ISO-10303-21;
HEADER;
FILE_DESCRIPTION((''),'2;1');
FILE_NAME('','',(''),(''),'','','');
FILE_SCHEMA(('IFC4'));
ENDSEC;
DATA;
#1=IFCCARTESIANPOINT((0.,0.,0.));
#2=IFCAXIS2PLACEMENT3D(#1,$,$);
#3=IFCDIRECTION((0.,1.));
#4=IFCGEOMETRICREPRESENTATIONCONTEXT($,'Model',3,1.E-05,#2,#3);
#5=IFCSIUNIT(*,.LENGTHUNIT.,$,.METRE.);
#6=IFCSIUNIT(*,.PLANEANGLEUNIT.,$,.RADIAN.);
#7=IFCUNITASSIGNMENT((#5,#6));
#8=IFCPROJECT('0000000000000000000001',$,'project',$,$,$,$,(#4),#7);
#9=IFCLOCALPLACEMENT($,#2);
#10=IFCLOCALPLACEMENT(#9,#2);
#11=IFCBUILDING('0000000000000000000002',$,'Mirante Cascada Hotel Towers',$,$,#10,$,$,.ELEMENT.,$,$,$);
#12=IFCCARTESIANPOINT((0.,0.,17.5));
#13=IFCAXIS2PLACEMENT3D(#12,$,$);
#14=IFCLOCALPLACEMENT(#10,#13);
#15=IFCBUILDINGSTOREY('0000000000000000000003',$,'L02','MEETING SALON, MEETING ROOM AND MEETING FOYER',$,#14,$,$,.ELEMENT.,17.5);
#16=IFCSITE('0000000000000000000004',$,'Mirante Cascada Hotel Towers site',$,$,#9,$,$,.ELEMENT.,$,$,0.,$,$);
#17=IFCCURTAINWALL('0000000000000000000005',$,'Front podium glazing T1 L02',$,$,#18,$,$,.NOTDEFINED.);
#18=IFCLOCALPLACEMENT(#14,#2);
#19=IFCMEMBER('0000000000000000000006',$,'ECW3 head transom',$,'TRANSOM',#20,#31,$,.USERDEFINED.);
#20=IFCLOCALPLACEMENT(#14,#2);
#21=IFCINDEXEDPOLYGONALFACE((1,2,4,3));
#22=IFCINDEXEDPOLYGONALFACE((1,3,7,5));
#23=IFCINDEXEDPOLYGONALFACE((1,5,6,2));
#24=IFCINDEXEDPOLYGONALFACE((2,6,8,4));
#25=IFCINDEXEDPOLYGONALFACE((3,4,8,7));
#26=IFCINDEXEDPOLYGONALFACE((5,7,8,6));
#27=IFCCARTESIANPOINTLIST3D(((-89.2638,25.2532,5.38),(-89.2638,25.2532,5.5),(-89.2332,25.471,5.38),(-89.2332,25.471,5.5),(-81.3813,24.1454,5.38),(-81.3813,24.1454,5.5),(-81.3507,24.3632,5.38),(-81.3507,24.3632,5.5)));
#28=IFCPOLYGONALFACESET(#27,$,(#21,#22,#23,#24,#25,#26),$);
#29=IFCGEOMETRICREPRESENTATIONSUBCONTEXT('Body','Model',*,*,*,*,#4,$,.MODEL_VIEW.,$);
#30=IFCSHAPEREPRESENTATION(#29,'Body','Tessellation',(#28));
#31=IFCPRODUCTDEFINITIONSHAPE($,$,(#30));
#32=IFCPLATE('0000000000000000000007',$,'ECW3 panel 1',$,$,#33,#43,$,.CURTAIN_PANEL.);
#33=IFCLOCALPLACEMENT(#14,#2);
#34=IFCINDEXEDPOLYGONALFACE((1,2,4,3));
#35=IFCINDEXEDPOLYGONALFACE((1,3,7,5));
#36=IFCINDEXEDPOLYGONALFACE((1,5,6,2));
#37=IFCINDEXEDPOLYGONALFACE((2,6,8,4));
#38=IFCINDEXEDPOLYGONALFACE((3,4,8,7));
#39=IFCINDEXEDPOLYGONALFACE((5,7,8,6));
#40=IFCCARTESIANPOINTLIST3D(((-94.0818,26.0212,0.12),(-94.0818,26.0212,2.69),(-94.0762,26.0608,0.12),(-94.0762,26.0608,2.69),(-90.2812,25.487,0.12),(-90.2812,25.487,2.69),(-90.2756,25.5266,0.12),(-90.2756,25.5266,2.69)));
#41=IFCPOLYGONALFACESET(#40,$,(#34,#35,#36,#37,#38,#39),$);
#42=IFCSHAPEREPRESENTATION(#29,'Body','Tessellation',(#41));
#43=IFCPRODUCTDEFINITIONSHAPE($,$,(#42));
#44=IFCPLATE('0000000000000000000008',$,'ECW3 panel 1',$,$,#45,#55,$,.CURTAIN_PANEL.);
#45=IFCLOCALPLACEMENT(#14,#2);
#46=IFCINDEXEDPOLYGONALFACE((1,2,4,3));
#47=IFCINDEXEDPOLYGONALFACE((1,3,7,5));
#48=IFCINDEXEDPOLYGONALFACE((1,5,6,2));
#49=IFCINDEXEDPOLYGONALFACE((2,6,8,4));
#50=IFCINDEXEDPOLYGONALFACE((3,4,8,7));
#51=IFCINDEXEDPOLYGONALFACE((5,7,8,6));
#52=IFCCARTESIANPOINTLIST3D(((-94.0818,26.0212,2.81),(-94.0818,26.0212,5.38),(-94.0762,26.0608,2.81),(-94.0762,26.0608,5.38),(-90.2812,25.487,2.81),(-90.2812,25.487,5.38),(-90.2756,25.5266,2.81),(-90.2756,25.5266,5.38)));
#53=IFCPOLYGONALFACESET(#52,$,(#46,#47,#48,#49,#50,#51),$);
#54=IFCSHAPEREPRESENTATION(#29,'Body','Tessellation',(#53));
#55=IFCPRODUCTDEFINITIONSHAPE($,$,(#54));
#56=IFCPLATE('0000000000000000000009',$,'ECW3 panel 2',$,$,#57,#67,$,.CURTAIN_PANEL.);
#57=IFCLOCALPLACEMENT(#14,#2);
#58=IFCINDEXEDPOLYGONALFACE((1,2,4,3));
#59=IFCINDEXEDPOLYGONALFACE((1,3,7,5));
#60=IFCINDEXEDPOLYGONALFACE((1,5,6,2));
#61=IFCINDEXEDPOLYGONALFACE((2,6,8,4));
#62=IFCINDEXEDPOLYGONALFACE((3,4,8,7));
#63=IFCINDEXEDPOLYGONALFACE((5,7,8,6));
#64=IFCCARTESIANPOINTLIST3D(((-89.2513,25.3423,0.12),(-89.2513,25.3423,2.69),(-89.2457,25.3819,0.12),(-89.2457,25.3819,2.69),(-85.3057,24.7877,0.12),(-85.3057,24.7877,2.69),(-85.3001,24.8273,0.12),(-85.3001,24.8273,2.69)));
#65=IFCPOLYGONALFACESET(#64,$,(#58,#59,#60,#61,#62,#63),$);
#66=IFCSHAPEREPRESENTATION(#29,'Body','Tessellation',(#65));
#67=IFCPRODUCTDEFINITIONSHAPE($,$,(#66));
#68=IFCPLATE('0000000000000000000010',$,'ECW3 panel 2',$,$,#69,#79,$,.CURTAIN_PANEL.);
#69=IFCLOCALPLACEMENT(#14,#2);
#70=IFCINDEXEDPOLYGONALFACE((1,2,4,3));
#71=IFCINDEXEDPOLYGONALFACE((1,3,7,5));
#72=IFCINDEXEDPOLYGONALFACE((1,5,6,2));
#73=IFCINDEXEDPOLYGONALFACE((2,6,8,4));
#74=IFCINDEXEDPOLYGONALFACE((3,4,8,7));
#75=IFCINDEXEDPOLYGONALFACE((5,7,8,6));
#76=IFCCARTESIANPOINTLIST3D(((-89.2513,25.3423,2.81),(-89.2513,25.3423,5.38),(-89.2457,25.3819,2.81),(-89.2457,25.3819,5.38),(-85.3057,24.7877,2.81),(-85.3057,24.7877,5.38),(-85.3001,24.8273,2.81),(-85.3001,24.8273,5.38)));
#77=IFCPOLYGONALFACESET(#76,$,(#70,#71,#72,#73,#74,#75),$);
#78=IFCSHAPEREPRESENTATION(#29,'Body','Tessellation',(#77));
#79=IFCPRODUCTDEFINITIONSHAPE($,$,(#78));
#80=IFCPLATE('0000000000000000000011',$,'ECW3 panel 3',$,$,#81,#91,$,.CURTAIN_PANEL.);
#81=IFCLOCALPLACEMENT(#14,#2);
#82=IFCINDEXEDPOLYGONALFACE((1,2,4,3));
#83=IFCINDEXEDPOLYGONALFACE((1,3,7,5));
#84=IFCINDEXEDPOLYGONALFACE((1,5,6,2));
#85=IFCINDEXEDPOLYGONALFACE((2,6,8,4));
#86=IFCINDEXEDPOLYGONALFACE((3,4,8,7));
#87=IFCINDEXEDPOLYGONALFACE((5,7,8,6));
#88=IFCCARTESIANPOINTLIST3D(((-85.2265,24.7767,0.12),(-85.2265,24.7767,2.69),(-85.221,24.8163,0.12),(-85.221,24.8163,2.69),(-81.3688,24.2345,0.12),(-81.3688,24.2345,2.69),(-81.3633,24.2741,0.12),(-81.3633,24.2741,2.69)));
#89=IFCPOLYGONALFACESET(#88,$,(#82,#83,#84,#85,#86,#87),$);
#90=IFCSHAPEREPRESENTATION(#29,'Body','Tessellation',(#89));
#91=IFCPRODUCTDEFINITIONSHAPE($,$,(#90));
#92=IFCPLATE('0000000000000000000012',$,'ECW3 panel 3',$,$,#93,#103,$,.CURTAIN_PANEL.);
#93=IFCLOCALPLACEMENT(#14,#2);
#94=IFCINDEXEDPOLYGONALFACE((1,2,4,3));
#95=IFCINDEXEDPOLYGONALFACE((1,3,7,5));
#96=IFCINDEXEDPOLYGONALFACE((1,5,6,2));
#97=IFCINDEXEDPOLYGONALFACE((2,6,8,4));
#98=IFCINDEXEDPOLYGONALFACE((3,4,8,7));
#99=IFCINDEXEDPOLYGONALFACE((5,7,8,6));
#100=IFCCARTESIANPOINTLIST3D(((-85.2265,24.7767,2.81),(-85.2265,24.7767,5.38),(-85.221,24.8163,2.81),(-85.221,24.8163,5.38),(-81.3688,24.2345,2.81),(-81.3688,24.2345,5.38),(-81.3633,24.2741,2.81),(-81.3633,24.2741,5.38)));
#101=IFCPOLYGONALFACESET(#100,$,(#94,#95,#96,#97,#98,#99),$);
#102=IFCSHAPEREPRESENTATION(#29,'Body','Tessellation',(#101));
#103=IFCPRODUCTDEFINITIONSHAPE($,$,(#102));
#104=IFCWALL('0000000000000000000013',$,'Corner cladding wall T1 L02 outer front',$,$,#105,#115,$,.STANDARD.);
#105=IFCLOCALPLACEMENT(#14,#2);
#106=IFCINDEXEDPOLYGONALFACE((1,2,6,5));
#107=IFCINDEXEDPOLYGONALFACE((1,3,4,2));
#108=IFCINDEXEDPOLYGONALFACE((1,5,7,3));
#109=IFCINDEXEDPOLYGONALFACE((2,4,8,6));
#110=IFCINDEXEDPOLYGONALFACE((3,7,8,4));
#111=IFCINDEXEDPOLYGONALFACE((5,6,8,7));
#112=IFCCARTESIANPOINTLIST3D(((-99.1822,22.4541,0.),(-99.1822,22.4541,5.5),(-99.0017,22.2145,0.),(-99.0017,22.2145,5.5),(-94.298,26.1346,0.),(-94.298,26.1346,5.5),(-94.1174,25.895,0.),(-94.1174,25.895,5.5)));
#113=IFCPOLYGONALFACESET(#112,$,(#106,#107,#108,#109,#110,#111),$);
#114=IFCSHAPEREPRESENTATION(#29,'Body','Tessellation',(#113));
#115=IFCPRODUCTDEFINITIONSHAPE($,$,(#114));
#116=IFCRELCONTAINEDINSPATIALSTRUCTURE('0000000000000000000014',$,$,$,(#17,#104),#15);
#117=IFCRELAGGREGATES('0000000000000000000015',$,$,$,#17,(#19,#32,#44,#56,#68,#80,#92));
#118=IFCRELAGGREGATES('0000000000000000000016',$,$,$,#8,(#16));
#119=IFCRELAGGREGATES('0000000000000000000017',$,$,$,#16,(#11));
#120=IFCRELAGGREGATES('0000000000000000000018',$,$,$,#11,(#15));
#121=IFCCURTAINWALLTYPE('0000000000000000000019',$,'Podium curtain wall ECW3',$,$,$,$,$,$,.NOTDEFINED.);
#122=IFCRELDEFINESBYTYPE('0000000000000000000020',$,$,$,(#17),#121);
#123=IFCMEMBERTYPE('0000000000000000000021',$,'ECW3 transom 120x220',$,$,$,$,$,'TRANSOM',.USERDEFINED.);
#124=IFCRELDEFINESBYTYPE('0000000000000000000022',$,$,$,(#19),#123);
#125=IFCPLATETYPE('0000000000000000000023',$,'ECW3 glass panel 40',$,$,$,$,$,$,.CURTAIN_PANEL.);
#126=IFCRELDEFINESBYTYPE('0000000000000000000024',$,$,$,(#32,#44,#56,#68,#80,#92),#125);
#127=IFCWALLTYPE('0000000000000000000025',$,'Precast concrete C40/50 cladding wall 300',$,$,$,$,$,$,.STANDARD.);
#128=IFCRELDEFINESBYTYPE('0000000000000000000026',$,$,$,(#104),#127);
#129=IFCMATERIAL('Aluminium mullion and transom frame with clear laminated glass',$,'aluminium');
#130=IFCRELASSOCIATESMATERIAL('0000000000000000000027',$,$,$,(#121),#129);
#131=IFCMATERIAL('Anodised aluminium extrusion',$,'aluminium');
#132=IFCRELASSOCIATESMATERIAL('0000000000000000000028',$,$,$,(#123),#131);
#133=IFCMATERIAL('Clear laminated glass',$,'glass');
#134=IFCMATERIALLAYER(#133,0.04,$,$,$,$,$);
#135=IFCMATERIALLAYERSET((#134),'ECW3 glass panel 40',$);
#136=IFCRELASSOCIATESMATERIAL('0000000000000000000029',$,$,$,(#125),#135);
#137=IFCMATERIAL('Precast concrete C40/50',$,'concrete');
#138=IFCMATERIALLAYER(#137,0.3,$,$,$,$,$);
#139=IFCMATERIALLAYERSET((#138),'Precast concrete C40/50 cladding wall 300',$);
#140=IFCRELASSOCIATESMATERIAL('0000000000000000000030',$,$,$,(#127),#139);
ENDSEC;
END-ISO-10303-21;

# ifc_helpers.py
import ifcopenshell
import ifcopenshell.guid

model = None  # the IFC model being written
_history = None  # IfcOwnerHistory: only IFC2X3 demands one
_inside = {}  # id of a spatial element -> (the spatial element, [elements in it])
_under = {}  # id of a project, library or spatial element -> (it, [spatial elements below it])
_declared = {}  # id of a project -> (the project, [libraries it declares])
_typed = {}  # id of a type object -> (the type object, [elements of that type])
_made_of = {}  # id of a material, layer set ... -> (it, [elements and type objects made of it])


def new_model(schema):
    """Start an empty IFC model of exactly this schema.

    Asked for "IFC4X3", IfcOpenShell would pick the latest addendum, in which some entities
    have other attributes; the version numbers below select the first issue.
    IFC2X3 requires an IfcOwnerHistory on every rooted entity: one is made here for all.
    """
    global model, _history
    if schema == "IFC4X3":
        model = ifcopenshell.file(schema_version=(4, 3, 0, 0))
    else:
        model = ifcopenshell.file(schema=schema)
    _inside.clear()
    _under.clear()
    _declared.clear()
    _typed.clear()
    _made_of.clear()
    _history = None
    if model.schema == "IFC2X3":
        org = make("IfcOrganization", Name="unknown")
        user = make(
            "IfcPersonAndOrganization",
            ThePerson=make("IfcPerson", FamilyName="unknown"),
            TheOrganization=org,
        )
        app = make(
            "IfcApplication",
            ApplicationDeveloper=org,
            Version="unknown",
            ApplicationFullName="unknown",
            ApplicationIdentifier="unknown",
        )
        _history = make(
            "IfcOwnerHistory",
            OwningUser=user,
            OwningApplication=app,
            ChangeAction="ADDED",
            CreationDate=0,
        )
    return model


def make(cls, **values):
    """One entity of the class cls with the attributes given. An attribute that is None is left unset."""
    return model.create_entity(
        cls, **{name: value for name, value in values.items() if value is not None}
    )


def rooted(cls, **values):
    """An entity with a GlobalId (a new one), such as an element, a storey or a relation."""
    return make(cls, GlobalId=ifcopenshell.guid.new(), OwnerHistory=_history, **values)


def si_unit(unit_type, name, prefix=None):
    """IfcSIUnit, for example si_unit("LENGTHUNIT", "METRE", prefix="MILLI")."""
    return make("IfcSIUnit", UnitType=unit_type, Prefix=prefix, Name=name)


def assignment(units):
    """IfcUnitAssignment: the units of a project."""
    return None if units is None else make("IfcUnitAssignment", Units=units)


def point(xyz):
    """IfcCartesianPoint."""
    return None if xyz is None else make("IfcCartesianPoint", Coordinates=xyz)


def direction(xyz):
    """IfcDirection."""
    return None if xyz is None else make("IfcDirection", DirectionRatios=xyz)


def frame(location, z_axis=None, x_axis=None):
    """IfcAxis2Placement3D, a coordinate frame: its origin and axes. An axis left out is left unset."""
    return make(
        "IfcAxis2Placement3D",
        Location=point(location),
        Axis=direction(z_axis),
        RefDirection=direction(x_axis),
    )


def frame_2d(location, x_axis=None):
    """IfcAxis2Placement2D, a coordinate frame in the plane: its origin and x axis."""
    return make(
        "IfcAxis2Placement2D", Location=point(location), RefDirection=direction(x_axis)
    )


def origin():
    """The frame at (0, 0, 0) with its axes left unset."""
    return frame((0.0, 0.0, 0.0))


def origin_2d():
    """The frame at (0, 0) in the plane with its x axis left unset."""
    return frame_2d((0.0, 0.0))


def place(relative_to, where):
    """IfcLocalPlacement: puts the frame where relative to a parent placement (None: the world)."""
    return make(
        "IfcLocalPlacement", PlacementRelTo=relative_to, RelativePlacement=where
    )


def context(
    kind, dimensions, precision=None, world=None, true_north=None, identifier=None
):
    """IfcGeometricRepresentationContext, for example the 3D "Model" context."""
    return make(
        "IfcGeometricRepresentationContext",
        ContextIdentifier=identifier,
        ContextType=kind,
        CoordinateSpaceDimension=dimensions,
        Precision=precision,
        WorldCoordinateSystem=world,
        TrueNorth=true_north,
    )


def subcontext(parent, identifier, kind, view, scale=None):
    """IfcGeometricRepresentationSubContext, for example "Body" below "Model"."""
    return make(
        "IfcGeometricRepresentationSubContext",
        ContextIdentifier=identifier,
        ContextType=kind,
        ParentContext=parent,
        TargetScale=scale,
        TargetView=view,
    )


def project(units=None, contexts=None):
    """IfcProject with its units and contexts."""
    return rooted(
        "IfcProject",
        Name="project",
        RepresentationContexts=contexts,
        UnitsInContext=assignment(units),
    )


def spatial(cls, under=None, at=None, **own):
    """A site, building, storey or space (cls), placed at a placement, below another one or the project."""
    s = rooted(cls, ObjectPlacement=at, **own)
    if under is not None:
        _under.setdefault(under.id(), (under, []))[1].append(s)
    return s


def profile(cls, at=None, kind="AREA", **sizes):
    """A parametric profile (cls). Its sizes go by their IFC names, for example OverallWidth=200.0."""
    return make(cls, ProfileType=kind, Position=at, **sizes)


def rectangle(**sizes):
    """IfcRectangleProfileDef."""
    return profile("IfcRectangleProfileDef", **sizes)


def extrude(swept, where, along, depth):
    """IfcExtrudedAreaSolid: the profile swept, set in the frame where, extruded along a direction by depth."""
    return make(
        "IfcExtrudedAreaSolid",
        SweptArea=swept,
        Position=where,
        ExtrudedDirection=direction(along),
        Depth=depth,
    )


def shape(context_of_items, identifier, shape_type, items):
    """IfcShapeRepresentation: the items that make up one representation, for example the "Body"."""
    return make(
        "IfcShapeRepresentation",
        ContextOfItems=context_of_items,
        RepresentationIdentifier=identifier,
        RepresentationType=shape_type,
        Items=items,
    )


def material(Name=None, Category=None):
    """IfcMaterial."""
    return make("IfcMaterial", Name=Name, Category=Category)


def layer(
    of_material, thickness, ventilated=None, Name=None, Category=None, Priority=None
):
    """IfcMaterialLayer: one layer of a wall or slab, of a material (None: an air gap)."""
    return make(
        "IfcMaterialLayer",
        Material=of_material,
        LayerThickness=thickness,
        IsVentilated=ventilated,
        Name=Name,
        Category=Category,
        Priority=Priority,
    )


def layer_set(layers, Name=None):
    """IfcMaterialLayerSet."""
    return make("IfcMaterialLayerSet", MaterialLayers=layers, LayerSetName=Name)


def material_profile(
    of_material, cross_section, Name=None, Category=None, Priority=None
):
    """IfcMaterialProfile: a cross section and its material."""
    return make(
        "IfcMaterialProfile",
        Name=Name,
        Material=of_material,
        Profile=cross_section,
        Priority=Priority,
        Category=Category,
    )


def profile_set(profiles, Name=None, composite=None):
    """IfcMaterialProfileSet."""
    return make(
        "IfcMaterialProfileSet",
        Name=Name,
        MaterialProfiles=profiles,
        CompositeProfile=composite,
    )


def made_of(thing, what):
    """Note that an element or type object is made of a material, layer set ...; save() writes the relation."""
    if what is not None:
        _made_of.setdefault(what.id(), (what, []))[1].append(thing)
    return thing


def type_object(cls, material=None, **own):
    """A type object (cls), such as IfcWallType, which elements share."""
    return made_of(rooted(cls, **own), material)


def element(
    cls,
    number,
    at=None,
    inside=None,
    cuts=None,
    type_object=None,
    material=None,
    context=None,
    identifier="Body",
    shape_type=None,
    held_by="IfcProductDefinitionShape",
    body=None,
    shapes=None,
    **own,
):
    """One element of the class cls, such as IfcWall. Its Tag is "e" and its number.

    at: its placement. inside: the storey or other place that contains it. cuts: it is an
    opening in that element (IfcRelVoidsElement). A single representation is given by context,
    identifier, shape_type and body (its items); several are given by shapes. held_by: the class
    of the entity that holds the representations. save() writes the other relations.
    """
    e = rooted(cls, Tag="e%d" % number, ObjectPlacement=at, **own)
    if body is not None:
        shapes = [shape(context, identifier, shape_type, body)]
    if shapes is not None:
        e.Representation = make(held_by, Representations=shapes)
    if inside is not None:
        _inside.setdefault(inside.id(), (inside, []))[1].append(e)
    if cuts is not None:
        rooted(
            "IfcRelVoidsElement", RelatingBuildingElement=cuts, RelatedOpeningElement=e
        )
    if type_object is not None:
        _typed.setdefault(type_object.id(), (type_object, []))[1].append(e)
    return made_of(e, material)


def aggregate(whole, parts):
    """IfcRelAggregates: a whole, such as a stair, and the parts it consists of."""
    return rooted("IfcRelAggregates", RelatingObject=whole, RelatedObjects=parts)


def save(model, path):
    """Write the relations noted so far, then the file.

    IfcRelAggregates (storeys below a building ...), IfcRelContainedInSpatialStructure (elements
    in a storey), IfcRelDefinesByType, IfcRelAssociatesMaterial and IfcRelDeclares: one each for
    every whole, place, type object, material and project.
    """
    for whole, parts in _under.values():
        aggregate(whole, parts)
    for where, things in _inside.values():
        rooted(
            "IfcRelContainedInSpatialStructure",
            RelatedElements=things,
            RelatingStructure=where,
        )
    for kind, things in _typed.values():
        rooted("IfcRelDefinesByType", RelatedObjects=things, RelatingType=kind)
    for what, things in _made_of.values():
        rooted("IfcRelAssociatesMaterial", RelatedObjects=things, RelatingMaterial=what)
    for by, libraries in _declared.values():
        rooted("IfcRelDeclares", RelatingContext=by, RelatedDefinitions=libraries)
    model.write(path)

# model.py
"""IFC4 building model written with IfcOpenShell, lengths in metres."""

from ifc_helpers import new_model, si_unit, direction, frame, frame_2d, origin, origin_2d, place, context, subcontext, project, spatial, rectangle, extrude, material, layer, layer_set, material_profile, profile_set, type_object, element, aggregate, save


model = new_model("IFC4")

# Units and contexts
model_context = context("Model", 3, precision=1e-05, world=origin(), true_north=direction((0.0, 1.0)))
body_context = subcontext(model_context, "Body", "Model", "MODEL_VIEW")
ifc_project = project(units=[si_unit("LENGTHUNIT", "METRE"), si_unit("PLANEANGLEUNIT", "RADIAN")], contexts=[model_context])

# Site, building, storey
site_placement = place(None, origin())
site = spatial("IfcSite", under=ifc_project, at=site_placement, Name="Mirante Cascada Hotel Towers site", CompositionType="ELEMENT", RefElevation=0.0)
building_placement = place(site_placement, origin())
building = spatial("IfcBuilding", under=site, at=building_placement, Name="Mirante Cascada Hotel Towers", CompositionType="ELEMENT")
storey_placement = place(building_placement, frame((0.0, 0.0, 17.5)))
storey = spatial("IfcBuildingStorey", under=building, at=storey_placement, Name="L02", Description="MEETING SALON, MEETING ROOM AND MEETING FOYER", CompositionType="ELEMENT", Elevation=17.5)

# Curtain wall
ifc_material_1 = material(Name="Aluminium mullion and transom frame with clear laminated glass", Category="aluminium")
curtain_wall_type = type_object("IfcCurtainWallType", Name="Podium curtain wall ECW3", PredefinedType="NOTDEFINED", material=ifc_material_1)
curtain_wall_1_placement = place(storey_placement, origin())
curtain_wall_1 = element("IfcCurtainWall", 1, at=curtain_wall_1_placement, inside=storey, type_object=curtain_wall_type, Name="Front podium glazing T1 L02", PredefinedType="NOTDEFINED")

# Member
ifc_material_2 = material(Name="Anodised aluminium extrusion", Category="aluminium")
ifc_material_profile_1 = material_profile(ifc_material_2, rectangle(XDim=0.22, YDim=0.12, at=origin_2d()), Name="ECW3 TRANSOM 120x220")
ifc_profile_set_1 = profile_set([ifc_material_profile_1], Name="Anodised aluminium extrusion")
member_type_1 = type_object("IfcMemberType", Name="ECW3 transom 120x220", ElementType="TRANSOM", PredefinedType="USERDEFINED", material=ifc_profile_set_1)
member_1_placement = place(storey_placement, frame((-89.2485, 25.3621, 5.44), z_axis=(0.990268, -0.139172, 0.0), x_axis=(0.139172, 0.990268, 0.0)))
member_1 = element("IfcMember", 2, at=member_1_placement, type_object=member_type_1, Name="ECW3 head transom", ObjectType="TRANSOM", PredefinedType="USERDEFINED", context=body_context, shape_type="SweptSolid", body=[
    extrude(rectangle(XDim=0.22, YDim=0.12, at=origin_2d()), origin(), (0.0, 0.0, 1.0), 7.96),
])

# Plates
ifc_material_3 = material(Name="Clear laminated glass", Category="glass")
ifc_layer_1 = layer(ifc_material_3, 0.04)
ifc_layer_set_1 = layer_set([ifc_layer_1], Name="ECW3 glass panel 40")
plate_type = type_object("IfcPlateType", Name="ECW3 glass panel 40", PredefinedType="CURTAIN_PANEL", material=ifc_layer_set_1)
plate_1_placement = place(storey_placement, frame((-92.1787, 25.7739, 0.12), z_axis=(0.0, 0.0, 1.0), x_axis=(0.990268, -0.139173, 0.0)))
plate_1 = element("IfcPlate", 3, at=plate_1_placement, type_object=plate_type, Name="ECW3 panel 1", PredefinedType="CURTAIN_PANEL", context=body_context, shape_type="SweptSolid", body=[
    extrude(rectangle(XDim=3.8379, YDim=0.04, at=origin_2d()), origin(), (0.0, 0.0, 1.0), 2.57),
])
plate_2_placement = place(storey_placement, frame((-92.1787, 25.7739, 2.81), z_axis=(0.0, 0.0, 1.0), x_axis=(0.990268, -0.139173, 0.0)))
plate_2 = element("IfcPlate", 4, at=plate_2_placement, type_object=plate_type, Name="ECW3 panel 1", PredefinedType="CURTAIN_PANEL", context=body_context, shape_type="SweptSolid", body=[
    extrude(rectangle(XDim=3.8379, YDim=0.04, at=origin_2d()), origin(), (0.0, 0.0, 1.0), 2.57),
])
plate_3_placement = place(storey_placement, frame((-87.2757, 25.0848, 0.12), z_axis=(0.0, 0.0, 1.0), x_axis=(0.990268, -0.139173, 0.0)))
plate_3 = element("IfcPlate", 5, at=plate_3_placement, type_object=plate_type, Name="ECW3 panel 2", PredefinedType="CURTAIN_PANEL", context=body_context, shape_type="SweptSolid", body=[
    extrude(rectangle(XDim=3.9844, YDim=0.04, at=origin_2d()), origin(), (0.0, 0.0, 1.0), 2.57),
])
plate_4_placement = place(storey_placement, frame((-87.2757, 25.0848, 2.81), z_axis=(0.0, 0.0, 1.0), x_axis=(0.990268, -0.139173, 0.0)))
plate_4 = element("IfcPlate", 6, at=plate_4_placement, type_object=plate_type, Name="ECW3 panel 2", PredefinedType="CURTAIN_PANEL", context=body_context, shape_type="SweptSolid", body=[
    extrude(rectangle(XDim=3.9844, YDim=0.04, at=origin_2d()), origin(), (0.0, 0.0, 1.0), 2.57),
])
plate_5_placement = place(storey_placement, frame((-83.2949, 24.5254, 0.12), z_axis=(0.0, 0.0, 1.0), x_axis=(0.990268, -0.139173, 0.0)))
plate_5 = element("IfcPlate", 7, at=plate_5_placement, type_object=plate_type, Name="ECW3 panel 3", PredefinedType="CURTAIN_PANEL", context=body_context, shape_type="SweptSolid", body=[
    extrude(rectangle(XDim=3.8956, YDim=0.04, at=origin_2d()), origin(), (0.0, 0.0, 1.0), 2.57),
])
plate_6_placement = place(storey_placement, frame((-83.2949, 24.5254, 2.81), z_axis=(0.0, 0.0, 1.0), x_axis=(0.990268, -0.139173, 0.0)))
plate_6 = element("IfcPlate", 8, at=plate_6_placement, type_object=plate_type, Name="ECW3 panel 3", PredefinedType="CURTAIN_PANEL", context=body_context, shape_type="SweptSolid", body=[
    extrude(rectangle(XDim=3.8956, YDim=0.04, at=origin_2d()), origin(), (0.0, 0.0, 1.0), 2.57),
])
aggregate(curtain_wall_1, [member_1, plate_1, plate_2, plate_3, plate_4, plate_5, plate_6])

# Wall
ifc_material_4 = material(Name="Precast concrete C40/50", Category="concrete")
ifc_layer_2 = layer(ifc_material_4, 0.3)
ifc_layer_set_2 = layer_set([ifc_layer_2], Name="Precast concrete C40/50 cladding wall 300")
wall_type = type_object("IfcWallType", Name="Precast concrete C40/50 cladding wall 300", PredefinedType="STANDARD", material=ifc_layer_set_2)
wall_placement = place(storey_placement, frame((-99.0919, 22.3343, 0.0), z_axis=(0.0, 0.0, 1.0), x_axis=(0.798636, 0.601814, 0.0)))
element("IfcWall", 9, at=wall_placement, inside=storey, type_object=wall_type, Name="Corner cladding wall T1 L02 outer front", PredefinedType="STANDARD", context=body_context, shape_type="SweptSolid", body=[
    extrude(rectangle(XDim=6.1157, YDim=0.3, at=frame_2d((3.0578, 0.0))), origin(), (0.0, 0.0, 1.0), 5.5),
])

save(model, "model.ifc")
